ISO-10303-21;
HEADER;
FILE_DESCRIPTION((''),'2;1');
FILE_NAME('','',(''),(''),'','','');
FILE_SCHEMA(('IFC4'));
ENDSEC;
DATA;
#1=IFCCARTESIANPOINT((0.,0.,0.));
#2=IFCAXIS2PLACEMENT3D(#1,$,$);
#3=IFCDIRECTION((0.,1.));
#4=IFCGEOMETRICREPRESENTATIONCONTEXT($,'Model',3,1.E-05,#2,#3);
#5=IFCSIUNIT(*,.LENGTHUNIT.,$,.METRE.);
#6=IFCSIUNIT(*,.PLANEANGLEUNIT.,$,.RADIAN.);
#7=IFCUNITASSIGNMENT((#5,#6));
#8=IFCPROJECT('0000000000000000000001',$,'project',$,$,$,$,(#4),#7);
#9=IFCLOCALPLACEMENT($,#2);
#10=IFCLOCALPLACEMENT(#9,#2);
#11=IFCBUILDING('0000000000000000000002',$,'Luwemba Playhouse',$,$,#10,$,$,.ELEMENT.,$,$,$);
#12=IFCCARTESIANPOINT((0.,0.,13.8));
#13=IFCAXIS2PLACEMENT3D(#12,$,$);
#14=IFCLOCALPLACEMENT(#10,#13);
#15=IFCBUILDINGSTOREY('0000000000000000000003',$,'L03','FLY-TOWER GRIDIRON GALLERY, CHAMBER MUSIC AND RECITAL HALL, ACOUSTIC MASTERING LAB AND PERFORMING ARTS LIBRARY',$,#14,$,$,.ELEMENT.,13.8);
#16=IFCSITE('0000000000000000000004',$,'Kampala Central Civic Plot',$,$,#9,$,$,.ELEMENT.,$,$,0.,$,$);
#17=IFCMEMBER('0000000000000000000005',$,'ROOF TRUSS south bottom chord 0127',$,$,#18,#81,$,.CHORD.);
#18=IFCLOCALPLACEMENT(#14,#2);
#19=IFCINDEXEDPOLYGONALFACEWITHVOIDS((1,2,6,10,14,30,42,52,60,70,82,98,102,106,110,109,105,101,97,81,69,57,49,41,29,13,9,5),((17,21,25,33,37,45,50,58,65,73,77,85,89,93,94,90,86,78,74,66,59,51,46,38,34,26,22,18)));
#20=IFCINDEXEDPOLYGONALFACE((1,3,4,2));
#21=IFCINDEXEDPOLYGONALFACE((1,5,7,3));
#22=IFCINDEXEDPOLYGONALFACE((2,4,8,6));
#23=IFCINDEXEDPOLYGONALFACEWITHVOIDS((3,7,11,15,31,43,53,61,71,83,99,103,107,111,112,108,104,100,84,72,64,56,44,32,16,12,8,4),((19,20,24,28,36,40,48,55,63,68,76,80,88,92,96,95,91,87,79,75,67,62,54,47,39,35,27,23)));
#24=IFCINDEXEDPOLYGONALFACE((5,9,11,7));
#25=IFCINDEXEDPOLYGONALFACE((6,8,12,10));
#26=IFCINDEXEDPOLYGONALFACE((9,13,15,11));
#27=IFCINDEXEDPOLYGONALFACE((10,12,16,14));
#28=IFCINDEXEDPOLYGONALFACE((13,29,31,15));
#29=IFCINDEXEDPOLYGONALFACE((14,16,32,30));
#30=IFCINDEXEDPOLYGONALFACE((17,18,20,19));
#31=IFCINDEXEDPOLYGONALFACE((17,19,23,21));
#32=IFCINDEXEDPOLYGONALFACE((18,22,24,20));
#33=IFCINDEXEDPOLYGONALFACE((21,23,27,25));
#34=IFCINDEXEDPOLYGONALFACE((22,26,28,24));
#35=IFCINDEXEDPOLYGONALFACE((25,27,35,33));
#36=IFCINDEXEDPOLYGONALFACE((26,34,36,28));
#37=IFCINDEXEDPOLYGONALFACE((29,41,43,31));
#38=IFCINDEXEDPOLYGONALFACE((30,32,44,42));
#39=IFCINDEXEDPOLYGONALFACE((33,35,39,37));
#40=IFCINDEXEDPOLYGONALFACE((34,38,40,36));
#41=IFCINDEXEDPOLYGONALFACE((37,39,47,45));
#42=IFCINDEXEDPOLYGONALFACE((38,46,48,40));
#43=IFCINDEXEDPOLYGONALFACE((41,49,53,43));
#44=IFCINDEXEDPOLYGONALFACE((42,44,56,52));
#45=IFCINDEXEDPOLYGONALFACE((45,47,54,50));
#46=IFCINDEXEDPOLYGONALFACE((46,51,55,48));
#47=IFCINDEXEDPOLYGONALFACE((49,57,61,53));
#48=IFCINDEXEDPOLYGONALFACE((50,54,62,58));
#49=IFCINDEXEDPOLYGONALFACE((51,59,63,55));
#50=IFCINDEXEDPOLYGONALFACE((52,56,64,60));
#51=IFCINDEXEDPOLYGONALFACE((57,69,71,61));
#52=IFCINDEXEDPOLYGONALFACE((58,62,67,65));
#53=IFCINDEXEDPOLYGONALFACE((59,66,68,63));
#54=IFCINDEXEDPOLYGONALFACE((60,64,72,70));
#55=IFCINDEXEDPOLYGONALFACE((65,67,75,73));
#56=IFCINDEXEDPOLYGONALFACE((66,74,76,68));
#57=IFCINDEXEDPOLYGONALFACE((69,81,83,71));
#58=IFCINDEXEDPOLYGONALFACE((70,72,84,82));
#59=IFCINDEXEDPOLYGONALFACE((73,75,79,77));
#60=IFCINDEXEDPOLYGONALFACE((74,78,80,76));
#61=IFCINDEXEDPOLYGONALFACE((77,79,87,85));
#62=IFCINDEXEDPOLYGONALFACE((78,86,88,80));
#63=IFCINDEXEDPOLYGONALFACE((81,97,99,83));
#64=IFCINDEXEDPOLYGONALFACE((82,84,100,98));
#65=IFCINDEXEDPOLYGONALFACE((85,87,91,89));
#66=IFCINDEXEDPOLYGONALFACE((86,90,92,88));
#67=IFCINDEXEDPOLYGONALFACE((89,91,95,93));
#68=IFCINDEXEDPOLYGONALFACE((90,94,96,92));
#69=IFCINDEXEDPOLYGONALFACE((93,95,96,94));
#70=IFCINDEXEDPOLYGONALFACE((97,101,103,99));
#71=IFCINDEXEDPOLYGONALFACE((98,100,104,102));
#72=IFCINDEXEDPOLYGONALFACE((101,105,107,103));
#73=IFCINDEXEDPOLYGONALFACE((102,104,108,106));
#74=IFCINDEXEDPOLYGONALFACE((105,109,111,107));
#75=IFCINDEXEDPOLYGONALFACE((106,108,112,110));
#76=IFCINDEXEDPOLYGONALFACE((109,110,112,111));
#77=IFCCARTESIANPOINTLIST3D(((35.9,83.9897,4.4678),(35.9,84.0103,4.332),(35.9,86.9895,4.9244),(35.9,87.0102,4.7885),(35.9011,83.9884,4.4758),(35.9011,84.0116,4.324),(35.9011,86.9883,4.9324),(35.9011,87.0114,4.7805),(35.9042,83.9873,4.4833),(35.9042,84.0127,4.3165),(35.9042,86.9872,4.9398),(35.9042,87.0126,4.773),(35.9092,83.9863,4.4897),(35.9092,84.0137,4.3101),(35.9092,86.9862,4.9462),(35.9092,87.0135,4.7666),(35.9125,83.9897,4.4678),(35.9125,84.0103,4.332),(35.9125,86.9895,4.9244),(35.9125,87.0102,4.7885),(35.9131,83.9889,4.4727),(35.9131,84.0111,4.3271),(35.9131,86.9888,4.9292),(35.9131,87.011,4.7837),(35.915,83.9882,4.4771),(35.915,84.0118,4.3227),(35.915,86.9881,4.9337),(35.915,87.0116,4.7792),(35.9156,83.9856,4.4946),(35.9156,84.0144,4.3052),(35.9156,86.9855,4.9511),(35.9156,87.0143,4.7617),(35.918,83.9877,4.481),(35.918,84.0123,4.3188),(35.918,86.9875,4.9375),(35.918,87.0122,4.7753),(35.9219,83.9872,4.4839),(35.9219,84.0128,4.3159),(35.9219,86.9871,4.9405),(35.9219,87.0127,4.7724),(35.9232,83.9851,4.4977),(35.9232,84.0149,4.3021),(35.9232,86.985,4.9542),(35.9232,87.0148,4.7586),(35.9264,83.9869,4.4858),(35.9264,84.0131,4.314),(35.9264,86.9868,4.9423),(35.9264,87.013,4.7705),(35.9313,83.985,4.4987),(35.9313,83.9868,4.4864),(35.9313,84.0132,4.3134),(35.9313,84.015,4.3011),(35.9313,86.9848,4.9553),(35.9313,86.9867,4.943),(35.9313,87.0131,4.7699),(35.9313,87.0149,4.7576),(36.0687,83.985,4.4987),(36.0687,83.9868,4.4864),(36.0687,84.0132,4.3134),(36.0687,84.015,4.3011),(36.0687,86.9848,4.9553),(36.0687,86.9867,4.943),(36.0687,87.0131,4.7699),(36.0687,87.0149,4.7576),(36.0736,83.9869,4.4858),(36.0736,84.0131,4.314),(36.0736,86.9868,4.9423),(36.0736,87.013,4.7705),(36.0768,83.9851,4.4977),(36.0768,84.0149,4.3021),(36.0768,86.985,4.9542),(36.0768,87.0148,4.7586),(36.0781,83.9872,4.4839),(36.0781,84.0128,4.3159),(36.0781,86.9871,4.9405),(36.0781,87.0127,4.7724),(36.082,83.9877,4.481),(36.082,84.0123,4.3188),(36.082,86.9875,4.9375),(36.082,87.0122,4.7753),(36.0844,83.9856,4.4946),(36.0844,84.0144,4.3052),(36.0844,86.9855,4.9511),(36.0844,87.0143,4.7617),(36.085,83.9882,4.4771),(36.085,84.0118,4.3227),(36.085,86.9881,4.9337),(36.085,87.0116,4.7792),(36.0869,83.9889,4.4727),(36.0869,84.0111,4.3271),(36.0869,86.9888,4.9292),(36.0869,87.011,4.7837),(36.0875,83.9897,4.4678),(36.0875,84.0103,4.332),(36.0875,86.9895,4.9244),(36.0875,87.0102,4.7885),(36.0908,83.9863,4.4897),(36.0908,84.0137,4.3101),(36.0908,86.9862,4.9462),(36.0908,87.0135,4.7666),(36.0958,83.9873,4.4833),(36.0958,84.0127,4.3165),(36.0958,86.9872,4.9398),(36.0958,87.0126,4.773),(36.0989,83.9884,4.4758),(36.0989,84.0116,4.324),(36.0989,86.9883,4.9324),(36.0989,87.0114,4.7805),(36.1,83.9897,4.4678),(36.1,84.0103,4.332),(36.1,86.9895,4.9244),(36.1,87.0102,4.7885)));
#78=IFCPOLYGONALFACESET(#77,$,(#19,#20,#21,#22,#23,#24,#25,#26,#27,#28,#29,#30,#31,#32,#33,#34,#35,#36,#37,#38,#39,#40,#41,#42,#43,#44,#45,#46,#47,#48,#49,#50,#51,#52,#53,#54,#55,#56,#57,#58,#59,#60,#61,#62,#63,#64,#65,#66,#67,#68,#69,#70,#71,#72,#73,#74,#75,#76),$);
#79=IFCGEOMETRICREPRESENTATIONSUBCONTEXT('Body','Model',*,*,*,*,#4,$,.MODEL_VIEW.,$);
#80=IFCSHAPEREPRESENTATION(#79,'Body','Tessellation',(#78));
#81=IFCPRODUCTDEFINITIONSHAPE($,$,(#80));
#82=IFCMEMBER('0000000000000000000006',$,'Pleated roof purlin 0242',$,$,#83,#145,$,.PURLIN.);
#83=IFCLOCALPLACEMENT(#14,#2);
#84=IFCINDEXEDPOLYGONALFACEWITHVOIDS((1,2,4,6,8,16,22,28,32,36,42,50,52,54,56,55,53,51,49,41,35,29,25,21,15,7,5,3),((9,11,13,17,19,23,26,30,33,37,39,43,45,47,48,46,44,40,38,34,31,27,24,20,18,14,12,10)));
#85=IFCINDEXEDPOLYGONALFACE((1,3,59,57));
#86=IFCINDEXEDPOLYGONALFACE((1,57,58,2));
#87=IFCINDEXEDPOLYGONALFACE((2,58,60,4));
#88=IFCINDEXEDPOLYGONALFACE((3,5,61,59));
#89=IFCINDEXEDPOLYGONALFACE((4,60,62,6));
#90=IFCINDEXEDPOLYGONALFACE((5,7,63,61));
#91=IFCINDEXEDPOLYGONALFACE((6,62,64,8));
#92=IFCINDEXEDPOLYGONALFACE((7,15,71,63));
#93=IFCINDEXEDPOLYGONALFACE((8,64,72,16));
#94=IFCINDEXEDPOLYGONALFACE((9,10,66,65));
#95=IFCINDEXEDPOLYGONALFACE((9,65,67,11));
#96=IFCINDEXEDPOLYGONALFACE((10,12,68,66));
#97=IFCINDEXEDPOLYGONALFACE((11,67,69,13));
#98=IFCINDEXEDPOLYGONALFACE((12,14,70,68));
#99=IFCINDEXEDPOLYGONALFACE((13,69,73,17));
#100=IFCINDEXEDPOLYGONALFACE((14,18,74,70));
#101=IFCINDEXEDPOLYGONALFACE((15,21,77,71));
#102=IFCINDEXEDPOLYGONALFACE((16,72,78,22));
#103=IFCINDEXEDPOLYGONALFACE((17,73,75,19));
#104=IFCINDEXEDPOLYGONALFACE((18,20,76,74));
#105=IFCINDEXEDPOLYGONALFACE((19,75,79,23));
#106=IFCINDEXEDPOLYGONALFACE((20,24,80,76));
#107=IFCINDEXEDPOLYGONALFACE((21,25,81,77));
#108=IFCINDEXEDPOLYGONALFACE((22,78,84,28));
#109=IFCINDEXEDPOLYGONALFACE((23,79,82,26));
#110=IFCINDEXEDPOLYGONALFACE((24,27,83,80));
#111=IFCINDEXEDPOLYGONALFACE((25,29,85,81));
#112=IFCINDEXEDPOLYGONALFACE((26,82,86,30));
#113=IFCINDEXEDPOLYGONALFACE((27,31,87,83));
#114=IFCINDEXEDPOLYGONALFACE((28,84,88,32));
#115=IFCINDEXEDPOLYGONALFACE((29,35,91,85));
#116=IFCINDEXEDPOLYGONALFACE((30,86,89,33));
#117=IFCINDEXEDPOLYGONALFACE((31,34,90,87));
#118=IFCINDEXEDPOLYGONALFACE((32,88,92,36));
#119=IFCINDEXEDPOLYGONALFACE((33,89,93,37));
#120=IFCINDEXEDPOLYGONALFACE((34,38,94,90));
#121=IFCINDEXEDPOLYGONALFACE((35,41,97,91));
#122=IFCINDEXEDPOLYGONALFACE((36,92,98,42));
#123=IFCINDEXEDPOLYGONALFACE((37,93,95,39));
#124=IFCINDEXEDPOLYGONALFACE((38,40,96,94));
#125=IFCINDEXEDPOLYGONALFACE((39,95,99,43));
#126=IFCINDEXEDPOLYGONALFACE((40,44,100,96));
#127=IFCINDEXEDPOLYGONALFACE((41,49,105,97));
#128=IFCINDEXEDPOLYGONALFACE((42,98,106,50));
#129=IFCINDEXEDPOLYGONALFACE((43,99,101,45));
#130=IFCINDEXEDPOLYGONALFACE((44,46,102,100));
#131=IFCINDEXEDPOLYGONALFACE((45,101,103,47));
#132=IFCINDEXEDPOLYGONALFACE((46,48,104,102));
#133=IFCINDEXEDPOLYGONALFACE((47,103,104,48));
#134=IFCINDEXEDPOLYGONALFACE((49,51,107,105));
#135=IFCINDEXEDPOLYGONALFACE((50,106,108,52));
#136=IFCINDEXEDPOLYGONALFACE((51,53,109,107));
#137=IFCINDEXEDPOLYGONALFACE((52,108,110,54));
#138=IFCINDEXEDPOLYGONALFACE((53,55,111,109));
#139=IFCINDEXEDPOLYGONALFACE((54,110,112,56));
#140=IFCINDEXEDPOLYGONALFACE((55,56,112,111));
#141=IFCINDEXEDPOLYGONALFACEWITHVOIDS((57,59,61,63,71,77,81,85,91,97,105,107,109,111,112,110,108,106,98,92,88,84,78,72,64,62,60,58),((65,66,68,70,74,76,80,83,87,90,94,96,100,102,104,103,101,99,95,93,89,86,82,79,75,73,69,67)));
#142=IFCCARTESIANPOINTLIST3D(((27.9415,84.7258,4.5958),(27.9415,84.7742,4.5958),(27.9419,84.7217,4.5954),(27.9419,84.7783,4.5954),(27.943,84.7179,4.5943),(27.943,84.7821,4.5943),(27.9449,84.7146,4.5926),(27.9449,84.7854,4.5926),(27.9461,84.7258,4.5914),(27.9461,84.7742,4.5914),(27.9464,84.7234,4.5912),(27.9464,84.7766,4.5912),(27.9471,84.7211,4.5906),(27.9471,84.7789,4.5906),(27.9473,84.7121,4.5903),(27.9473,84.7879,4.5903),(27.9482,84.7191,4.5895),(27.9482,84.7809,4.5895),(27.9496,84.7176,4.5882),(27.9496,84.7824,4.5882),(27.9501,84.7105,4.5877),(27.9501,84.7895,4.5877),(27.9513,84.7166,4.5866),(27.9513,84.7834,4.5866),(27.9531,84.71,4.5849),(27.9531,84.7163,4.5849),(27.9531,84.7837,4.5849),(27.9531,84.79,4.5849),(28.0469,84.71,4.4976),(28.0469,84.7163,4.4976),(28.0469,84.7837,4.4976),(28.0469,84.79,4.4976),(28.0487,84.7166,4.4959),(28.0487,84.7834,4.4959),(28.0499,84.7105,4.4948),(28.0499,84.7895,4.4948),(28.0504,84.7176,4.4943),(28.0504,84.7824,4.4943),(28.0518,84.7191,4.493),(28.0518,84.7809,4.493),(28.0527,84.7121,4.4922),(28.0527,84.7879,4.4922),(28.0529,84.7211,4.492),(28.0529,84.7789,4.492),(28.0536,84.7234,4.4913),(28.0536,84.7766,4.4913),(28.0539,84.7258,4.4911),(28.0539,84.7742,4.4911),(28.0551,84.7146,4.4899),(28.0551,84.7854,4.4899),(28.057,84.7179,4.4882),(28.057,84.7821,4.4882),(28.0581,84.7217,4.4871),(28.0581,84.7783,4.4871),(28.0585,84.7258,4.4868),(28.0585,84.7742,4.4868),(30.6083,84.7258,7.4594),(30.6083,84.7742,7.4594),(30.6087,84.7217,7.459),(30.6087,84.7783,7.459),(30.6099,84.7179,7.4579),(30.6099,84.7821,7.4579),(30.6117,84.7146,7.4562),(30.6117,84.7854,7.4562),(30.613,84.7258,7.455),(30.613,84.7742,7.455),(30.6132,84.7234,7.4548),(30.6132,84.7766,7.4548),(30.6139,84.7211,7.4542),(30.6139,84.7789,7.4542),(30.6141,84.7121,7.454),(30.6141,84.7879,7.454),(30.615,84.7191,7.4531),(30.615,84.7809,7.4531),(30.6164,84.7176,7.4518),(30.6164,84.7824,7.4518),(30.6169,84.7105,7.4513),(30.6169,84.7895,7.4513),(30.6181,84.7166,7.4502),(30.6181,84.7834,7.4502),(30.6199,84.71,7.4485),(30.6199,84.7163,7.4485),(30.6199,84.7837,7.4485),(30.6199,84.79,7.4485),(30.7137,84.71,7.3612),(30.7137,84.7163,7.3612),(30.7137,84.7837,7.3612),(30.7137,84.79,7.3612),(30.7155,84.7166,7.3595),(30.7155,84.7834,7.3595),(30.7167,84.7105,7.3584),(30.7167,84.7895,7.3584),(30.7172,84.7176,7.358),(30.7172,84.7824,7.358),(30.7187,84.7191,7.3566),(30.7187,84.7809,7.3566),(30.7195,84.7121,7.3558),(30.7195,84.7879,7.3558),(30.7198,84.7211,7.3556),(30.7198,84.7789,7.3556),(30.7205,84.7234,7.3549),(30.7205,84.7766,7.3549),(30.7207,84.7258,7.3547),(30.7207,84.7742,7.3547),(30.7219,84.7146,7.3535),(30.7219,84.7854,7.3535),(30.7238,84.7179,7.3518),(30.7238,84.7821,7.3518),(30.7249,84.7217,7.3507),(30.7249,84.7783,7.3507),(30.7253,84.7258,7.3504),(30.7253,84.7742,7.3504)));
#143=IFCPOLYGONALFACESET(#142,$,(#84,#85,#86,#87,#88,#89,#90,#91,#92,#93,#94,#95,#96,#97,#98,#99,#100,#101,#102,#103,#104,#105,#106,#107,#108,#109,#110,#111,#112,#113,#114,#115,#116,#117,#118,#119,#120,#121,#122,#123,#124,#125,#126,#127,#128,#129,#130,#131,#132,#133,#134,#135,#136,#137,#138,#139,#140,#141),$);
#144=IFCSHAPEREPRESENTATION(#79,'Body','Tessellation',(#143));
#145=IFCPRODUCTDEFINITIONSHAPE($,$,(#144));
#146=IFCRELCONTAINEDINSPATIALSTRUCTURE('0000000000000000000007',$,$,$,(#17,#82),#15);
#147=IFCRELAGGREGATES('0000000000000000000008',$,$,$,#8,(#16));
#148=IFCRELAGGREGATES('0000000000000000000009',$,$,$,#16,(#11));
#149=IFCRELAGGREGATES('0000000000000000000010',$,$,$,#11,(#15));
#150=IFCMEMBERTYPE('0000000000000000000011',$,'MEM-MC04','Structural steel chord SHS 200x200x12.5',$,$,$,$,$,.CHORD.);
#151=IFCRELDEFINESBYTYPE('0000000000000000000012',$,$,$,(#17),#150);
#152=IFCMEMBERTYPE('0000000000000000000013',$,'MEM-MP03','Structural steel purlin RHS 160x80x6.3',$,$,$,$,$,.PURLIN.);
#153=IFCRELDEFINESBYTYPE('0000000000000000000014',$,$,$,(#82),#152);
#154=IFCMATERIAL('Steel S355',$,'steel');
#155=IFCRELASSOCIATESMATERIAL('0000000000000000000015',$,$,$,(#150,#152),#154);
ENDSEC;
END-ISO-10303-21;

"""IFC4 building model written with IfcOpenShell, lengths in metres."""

from ifc_helpers import new_model, si_unit, direction, frame, origin, origin_2d, place, context, subcontext, project, spatial, hollow_rectangle, extrude, material, material_profile, profile_set, type_object, element, save


model = new_model("IFC4")

# Units and contexts
model_context = context("Model", 3, precision=1e-05, world=origin(), true_north=direction((0.0, 1.0)))
body_context = subcontext(model_context, "Body", "Model", "MODEL_VIEW")
ifc_project = project(units=[si_unit("LENGTHUNIT", "METRE"), si_unit("PLANEANGLEUNIT", "RADIAN")], contexts=[model_context])

# Site, building, storey
site_placement = place(None, origin())
site = spatial("IfcSite", under=ifc_project, at=site_placement, Name="Kampala Central Civic Plot", CompositionType="ELEMENT", RefElevation=0.0)
building_placement = place(site_placement, origin())
building = spatial("IfcBuilding", under=site, at=building_placement, Name="Luwemba Playhouse", CompositionType="ELEMENT")
storey_placement = place(building_placement, frame((0.0, 0.0, 13.8)))
storey = spatial("IfcBuildingStorey", under=building, at=storey_placement, Name="L03", Description="FLY-TOWER GRIDIRON GALLERY, CHAMBER MUSIC AND RECITAL HALL, ACOUSTIC MASTERING LAB AND PERFORMING ARTS LIBRARY", CompositionType="ELEMENT", Elevation=13.8)

# Shared definitions
ifc_material_1 = material(Name="Steel S355", Category="steel")

# Members
ifc_material_profile_1 = material_profile(ifc_material_1, hollow_rectangle(XDim=0.2, YDim=0.2, WallThickness=0.0125, InnerFilletRadius=0.0188, OuterFilletRadius=0.0312, at=origin_2d()))
ifc_profile_set_1 = profile_set([ifc_material_profile_1], Name="Steel S355")
member_type_1 = type_object("IfcMemberType", Name="MEM-MC04", Description="Structural steel chord SHS 200x200x12.5", PredefinedType="CHORD", material=ifc_profile_set_1)
member_1_placement = place(storey_placement, frame((36.0, 84.0, 4.3999), z_axis=(0.0, 0.988618, 0.150449), x_axis=(-1.0, 0.0, 0.0)))
element("IfcMember", 1, at=member_1_placement, inside=storey, type_object=member_type_1, Name="ROOF TRUSS south bottom chord 0127", PredefinedType="CHORD", context=body_context, shape_type="SweptSolid", body=[
    extrude(hollow_rectangle(XDim=0.2, YDim=0.2, WallThickness=0.0125, InnerFilletRadius=0.0188, OuterFilletRadius=0.0312, at=origin_2d()), origin(), (0.0, 0.0, 1.0), 3.0344),
])
ifc_material_profile_2 = material_profile(ifc_material_1, hollow_rectangle(XDim=0.0801, YDim=0.1599, WallThickness=0.0063, InnerFilletRadius=0.0095, OuterFilletRadius=0.0159, at=origin_2d()))
ifc_profile_set_2 = profile_set([ifc_material_profile_2], Name="Steel S355")
member_type_2 = type_object("IfcMemberType", Name="MEM-MP03", Description="Structural steel purlin RHS 160x80x6.3", PredefinedType="PURLIN", material=ifc_profile_set_2)
member_2_placement = place(storey_placement, frame((28.0, 84.75, 4.5413), z_axis=(0.681515, 0.0, 0.731804), x_axis=(0.0, 1.0, 0.0)))
element("IfcMember", 2, at=member_2_placement, inside=storey, type_object=member_type_2, Name="Pleated roof purlin 0242", PredefinedType="PURLIN", context=body_context, shape_type="SweptSolid", body=[
    extrude(hollow_rectangle(XDim=0.0801, YDim=0.1599, WallThickness=0.0063, InnerFilletRadius=0.0095, OuterFilletRadius=0.0159, at=origin_2d()), origin(), (0.0, 0.0, 1.0), 3.9131),
])

save(model, "model.ifc")
